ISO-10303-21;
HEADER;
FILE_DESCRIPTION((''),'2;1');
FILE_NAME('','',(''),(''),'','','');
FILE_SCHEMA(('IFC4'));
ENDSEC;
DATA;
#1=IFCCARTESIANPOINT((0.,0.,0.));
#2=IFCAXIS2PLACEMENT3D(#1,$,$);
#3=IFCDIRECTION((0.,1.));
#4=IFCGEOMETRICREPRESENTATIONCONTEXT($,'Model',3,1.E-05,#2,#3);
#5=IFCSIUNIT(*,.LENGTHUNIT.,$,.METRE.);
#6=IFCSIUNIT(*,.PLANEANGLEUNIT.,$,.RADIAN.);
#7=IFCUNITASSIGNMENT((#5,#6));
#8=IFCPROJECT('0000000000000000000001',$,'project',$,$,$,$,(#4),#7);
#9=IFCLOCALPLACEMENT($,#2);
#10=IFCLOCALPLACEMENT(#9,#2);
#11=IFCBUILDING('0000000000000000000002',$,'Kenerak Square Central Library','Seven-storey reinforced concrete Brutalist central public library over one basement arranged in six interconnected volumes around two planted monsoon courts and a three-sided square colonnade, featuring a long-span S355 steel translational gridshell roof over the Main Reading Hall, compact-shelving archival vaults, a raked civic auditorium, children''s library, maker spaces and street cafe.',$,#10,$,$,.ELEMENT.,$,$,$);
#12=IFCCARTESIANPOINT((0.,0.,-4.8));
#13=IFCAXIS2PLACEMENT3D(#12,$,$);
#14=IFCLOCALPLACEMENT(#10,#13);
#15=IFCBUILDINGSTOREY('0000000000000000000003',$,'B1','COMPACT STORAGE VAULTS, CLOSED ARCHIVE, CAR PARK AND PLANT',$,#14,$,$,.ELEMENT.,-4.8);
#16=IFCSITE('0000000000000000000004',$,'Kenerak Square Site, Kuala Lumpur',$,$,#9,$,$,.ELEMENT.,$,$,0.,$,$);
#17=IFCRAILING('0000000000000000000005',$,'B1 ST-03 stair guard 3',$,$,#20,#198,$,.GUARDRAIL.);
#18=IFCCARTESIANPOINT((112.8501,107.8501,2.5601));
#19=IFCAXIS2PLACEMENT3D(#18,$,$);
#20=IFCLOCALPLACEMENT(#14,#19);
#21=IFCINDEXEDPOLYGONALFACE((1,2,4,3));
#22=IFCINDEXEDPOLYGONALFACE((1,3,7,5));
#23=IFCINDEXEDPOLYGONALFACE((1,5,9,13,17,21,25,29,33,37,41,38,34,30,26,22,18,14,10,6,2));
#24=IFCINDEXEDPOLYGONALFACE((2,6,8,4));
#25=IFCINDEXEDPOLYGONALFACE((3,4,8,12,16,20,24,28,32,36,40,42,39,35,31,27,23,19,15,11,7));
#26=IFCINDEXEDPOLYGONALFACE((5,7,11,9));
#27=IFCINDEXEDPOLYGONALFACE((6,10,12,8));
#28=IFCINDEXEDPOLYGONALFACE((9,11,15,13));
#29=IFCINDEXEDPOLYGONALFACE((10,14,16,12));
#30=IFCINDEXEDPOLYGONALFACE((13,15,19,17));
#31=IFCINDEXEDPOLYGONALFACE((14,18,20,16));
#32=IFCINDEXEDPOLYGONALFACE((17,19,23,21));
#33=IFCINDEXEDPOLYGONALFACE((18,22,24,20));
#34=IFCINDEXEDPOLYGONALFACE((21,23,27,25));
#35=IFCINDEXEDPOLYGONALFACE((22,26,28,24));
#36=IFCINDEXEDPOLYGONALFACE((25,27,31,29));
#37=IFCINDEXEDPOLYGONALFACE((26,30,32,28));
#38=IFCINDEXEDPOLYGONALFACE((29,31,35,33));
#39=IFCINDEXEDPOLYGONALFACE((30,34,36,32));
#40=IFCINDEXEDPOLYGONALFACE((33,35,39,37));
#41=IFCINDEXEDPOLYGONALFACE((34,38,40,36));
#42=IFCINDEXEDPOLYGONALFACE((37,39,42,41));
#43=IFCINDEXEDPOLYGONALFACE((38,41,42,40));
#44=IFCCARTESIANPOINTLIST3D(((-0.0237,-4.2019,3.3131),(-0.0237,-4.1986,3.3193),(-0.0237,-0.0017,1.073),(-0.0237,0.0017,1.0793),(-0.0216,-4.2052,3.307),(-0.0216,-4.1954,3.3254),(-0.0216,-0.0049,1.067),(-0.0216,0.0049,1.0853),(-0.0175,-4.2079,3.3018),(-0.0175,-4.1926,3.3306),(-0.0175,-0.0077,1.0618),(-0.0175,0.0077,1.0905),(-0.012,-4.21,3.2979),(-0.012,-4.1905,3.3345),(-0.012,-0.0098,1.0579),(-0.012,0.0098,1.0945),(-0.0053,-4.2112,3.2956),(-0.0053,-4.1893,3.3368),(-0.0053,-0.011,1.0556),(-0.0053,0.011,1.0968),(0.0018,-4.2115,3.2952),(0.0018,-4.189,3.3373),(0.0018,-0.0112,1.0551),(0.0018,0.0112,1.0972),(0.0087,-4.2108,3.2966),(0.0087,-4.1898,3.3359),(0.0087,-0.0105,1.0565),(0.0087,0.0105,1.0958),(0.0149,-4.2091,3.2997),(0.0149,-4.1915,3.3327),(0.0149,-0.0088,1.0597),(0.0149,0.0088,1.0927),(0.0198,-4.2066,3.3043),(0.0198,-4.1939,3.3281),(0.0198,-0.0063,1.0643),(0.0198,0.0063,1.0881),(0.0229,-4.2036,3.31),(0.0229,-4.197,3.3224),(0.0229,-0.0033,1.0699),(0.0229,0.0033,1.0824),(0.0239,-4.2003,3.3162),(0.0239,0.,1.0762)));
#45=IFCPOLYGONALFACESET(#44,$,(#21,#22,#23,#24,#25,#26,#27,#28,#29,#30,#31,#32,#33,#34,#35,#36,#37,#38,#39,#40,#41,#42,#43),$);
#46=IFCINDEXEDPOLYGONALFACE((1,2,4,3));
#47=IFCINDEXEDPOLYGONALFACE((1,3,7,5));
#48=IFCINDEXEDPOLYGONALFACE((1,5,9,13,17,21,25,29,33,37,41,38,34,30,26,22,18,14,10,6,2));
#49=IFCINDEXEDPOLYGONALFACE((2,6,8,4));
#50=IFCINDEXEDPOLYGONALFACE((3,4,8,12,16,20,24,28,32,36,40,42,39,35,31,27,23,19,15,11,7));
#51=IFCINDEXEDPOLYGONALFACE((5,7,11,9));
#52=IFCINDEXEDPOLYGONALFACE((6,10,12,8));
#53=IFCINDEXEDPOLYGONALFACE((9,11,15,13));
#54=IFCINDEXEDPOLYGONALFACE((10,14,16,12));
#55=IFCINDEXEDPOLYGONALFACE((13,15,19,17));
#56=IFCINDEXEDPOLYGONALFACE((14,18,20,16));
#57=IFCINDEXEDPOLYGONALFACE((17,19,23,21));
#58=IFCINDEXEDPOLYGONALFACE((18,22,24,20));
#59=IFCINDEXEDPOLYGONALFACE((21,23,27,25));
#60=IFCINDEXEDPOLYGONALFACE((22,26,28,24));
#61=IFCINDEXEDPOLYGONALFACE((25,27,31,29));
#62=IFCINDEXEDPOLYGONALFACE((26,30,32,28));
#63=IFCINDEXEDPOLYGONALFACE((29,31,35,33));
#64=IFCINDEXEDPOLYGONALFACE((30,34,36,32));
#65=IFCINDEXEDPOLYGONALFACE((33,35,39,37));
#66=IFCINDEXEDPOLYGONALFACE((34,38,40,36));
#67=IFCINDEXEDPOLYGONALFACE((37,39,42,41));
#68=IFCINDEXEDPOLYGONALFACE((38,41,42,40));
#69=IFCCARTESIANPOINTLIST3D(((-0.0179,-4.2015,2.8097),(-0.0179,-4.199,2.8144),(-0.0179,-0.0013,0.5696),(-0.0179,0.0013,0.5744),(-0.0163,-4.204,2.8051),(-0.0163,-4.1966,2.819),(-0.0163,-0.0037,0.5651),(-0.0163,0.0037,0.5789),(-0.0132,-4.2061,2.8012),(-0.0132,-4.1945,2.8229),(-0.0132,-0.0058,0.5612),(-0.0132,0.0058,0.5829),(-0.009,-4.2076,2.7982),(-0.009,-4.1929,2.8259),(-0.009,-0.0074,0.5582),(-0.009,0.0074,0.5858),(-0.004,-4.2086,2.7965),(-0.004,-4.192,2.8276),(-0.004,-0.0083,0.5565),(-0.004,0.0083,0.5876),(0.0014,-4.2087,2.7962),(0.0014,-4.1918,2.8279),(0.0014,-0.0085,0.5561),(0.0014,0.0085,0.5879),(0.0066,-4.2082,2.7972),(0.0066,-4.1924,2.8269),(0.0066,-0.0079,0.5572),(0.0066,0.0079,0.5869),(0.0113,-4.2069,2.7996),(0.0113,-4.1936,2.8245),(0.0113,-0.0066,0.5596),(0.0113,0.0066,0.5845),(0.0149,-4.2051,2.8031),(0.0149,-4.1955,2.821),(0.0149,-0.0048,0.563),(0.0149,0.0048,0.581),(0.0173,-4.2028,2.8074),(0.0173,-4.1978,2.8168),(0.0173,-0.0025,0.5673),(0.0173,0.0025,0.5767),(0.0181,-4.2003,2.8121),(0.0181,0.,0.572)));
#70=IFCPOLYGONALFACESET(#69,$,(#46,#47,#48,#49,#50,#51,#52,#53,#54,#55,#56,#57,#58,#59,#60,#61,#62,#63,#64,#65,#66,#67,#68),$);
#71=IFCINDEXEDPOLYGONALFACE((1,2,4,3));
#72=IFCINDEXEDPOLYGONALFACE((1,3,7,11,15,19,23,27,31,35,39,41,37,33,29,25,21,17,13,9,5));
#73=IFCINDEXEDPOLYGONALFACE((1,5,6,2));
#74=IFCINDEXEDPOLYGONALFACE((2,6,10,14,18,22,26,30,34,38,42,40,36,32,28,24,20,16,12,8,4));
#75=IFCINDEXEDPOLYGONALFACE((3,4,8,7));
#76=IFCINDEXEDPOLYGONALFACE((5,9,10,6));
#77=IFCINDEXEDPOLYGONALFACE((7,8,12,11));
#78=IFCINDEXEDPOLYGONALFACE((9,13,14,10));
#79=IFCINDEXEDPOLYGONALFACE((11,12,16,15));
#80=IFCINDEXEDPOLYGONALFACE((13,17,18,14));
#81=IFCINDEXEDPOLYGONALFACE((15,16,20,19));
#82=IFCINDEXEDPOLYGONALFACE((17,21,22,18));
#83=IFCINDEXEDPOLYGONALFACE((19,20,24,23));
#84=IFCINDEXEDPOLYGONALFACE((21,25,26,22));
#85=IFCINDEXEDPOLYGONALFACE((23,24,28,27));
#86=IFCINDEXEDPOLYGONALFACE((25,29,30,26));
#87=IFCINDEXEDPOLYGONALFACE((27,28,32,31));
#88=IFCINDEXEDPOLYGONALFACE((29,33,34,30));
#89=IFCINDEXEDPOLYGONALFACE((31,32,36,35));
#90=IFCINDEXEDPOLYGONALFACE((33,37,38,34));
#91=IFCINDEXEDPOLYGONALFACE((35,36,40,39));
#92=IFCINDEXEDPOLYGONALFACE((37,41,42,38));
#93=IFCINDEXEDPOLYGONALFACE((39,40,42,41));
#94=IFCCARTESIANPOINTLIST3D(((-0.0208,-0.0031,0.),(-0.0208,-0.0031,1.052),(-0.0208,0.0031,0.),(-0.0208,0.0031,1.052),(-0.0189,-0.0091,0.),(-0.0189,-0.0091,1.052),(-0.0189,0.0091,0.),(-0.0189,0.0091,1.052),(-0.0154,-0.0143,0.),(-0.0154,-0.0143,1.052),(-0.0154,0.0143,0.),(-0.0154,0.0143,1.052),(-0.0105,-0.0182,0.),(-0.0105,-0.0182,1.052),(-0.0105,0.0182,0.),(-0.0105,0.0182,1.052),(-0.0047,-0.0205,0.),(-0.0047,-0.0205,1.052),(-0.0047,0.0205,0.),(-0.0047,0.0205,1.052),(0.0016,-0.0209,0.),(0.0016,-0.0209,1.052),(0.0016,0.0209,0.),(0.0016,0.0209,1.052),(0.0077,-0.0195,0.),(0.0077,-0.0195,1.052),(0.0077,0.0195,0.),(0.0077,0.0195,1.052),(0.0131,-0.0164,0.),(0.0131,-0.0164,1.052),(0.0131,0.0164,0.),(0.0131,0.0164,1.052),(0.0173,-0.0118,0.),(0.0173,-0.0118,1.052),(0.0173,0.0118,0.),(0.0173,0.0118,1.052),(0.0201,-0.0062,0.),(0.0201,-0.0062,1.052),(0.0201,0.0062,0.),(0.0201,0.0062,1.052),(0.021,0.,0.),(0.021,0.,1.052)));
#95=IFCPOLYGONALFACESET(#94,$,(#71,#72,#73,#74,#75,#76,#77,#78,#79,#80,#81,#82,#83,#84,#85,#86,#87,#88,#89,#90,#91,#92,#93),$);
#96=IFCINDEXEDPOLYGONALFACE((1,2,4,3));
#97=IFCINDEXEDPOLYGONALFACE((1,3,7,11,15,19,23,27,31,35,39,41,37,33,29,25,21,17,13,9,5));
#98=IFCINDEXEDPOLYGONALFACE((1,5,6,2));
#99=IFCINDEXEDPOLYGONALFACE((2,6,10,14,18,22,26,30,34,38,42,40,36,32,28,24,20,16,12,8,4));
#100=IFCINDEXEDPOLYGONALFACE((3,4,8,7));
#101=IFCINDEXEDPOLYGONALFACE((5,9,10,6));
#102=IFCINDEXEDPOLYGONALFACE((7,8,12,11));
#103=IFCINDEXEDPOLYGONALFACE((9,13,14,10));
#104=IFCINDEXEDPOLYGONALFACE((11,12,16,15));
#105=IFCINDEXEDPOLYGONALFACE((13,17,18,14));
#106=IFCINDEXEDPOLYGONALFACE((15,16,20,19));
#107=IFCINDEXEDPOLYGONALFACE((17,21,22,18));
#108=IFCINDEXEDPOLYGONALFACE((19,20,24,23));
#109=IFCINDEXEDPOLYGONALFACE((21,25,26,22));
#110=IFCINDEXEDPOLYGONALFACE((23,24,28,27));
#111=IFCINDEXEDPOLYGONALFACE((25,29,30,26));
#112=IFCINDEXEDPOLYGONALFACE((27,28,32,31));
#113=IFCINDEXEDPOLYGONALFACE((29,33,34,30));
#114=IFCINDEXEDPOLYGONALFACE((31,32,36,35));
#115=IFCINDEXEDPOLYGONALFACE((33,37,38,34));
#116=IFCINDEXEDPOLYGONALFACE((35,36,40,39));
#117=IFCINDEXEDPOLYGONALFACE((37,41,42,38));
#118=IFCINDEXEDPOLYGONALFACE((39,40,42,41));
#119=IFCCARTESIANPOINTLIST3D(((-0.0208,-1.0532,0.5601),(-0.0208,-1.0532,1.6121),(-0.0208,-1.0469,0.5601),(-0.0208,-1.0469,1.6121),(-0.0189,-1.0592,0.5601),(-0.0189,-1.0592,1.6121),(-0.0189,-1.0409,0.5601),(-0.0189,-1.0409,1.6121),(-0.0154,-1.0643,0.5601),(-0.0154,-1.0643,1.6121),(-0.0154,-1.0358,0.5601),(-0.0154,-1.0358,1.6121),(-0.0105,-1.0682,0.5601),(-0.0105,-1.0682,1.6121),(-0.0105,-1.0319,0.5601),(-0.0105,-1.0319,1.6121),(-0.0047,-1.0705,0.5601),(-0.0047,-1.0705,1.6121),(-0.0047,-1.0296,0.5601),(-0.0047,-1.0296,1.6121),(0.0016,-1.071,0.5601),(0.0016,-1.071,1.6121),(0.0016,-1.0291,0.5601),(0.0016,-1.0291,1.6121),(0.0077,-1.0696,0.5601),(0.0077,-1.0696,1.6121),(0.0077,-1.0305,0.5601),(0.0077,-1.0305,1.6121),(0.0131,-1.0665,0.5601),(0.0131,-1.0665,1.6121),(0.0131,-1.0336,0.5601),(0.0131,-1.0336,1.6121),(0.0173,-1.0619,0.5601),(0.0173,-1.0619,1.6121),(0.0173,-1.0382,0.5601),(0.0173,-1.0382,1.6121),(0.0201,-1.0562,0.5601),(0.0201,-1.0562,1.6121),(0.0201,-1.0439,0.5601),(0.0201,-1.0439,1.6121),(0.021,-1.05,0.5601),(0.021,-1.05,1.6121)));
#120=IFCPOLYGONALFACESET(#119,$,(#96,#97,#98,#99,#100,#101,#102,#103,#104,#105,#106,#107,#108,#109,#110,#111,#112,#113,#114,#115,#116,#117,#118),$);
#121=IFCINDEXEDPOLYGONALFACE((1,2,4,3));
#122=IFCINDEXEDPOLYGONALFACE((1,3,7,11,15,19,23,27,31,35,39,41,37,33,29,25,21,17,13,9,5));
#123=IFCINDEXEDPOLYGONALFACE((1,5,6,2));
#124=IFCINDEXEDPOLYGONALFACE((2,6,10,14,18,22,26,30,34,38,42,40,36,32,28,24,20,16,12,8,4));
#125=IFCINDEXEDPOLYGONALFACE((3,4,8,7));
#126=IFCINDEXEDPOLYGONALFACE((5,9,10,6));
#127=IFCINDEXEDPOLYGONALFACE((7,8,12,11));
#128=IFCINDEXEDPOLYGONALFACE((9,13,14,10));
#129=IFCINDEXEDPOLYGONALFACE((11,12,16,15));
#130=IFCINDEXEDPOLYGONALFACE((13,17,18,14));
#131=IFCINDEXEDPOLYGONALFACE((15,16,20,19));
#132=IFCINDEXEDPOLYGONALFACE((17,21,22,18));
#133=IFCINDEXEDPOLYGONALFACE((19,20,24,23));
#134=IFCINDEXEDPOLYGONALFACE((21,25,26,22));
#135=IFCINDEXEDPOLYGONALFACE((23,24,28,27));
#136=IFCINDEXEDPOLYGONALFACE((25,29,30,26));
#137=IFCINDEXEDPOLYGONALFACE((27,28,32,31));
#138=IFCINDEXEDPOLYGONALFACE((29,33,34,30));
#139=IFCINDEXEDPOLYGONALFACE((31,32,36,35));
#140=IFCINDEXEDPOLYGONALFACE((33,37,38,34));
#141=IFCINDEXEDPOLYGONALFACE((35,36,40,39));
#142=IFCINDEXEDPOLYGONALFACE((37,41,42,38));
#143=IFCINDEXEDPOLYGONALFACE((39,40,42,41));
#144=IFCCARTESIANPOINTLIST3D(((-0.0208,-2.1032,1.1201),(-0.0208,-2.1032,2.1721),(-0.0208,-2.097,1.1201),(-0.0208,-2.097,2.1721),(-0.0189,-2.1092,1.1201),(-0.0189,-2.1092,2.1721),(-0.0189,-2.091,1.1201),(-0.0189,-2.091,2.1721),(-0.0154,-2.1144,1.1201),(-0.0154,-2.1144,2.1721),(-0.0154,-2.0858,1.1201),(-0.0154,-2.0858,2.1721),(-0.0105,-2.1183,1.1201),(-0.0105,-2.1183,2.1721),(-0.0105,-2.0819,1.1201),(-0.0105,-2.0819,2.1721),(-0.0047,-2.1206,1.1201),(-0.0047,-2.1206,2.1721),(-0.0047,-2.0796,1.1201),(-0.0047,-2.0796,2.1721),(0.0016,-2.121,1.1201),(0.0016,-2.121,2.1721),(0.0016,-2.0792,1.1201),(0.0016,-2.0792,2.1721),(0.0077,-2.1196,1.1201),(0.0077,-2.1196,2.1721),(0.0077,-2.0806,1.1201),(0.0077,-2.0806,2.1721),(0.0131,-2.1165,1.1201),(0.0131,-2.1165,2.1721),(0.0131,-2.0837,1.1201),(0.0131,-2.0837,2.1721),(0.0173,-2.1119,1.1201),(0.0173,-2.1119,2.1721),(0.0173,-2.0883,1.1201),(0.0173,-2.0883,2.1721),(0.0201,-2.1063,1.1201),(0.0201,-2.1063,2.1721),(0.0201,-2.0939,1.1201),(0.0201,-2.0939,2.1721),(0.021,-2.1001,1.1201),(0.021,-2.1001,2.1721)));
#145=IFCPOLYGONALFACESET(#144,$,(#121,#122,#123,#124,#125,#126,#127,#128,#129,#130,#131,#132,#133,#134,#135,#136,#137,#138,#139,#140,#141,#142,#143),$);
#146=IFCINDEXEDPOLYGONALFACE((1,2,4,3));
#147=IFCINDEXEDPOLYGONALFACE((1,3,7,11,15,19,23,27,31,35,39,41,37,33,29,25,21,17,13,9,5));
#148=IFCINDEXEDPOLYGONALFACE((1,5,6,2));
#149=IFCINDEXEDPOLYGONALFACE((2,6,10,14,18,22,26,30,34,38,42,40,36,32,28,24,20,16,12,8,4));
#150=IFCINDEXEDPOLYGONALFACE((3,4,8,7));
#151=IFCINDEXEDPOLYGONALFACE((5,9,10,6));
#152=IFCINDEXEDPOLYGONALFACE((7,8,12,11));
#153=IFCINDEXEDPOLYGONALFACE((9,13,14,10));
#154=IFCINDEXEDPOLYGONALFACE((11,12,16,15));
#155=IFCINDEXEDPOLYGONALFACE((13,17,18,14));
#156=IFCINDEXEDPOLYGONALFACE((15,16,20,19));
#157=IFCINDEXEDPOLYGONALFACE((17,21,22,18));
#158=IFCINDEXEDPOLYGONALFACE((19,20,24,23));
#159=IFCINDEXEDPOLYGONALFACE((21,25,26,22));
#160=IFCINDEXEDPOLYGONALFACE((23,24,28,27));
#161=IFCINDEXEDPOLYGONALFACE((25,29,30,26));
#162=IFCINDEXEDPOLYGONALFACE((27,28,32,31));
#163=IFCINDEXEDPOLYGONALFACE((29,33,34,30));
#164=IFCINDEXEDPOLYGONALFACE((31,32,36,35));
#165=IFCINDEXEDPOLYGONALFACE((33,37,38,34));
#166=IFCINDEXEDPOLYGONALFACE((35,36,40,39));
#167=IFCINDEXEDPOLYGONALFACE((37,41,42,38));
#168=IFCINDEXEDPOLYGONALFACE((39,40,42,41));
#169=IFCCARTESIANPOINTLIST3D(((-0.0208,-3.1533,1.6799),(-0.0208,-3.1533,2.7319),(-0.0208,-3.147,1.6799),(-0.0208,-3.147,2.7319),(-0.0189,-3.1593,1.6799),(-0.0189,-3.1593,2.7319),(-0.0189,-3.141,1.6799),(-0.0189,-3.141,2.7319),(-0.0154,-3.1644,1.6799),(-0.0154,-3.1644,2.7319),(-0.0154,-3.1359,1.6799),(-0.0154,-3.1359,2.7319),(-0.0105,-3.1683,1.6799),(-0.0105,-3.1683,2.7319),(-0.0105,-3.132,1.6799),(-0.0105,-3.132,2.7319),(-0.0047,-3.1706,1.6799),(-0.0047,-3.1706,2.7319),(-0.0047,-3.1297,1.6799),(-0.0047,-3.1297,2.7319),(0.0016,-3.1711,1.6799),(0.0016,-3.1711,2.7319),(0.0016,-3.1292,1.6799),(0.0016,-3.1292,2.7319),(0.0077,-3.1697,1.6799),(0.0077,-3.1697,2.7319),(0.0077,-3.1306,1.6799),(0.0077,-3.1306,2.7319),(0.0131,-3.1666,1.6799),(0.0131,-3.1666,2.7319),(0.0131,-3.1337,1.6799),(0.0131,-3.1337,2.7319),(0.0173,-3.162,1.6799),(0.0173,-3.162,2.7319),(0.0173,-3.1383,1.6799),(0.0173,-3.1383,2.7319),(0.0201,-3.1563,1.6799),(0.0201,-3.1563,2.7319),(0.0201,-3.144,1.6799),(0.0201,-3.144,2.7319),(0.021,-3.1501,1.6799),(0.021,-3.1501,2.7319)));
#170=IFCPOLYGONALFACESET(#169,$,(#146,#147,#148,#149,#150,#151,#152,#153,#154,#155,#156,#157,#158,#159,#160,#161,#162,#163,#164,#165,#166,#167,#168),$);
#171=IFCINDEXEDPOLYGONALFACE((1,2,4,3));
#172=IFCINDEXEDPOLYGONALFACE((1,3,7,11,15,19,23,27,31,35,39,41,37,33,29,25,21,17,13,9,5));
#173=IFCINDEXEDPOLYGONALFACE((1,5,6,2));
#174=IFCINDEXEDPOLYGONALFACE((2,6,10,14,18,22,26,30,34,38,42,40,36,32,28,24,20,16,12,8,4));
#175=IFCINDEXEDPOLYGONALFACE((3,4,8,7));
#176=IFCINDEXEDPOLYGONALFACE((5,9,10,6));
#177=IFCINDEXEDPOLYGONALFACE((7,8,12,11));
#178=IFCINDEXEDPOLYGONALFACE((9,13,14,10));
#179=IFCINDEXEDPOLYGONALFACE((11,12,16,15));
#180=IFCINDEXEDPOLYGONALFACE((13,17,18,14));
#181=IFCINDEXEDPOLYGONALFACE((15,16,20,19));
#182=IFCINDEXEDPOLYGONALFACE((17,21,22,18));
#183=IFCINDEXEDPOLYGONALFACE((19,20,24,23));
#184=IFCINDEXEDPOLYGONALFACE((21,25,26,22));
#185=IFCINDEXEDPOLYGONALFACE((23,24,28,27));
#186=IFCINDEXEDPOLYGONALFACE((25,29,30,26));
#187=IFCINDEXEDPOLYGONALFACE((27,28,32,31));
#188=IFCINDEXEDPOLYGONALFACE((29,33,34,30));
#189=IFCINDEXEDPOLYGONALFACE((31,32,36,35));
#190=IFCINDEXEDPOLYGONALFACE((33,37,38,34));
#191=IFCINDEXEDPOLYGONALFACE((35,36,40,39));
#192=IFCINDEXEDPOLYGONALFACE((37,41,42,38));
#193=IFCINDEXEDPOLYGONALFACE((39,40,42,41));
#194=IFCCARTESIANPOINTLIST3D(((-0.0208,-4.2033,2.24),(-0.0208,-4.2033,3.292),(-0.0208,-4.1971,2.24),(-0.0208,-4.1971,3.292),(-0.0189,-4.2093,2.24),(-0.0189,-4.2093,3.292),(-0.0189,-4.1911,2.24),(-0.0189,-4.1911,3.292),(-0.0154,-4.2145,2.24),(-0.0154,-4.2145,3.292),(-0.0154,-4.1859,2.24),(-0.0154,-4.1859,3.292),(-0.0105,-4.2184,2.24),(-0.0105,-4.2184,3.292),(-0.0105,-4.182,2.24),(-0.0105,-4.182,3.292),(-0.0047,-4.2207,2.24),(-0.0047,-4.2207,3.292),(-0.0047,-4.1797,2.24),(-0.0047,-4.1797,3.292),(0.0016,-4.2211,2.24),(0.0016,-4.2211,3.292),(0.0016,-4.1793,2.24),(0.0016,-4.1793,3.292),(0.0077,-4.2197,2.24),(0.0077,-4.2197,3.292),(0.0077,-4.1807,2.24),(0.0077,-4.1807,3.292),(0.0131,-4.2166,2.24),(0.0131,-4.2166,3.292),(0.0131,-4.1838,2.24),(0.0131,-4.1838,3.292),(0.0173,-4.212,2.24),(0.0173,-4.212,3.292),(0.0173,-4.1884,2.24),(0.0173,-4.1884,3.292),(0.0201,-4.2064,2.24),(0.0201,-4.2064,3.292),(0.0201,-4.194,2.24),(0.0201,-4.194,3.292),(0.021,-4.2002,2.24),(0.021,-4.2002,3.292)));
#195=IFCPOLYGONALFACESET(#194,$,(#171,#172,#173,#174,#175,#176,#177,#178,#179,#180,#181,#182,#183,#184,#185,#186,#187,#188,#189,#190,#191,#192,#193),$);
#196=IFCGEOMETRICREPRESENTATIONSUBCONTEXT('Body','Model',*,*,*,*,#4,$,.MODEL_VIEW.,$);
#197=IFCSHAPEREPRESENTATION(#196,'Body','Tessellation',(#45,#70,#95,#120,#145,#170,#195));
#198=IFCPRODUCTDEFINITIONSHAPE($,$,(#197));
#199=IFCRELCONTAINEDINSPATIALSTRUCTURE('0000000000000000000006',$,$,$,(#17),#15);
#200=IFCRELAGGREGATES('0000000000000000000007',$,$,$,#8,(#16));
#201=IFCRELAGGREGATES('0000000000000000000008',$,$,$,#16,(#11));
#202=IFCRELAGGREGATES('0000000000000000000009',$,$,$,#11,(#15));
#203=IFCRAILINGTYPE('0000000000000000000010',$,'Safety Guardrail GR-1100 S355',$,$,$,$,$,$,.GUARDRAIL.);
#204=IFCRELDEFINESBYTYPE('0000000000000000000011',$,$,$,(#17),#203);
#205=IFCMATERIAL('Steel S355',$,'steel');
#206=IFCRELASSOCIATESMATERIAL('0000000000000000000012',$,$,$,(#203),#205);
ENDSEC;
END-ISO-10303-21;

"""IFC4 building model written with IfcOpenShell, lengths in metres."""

from ifc_helpers import new_model, si_unit, direction, frame, origin, origin_2d, place, context, subcontext, project, spatial, circle, extrude, material, type_object, element, save


model = new_model("IFC4")

# Units and contexts
model_context = context("Model", 3, precision=1e-05, world=origin(), true_north=direction((0.0, 1.0)))
body_context = subcontext(model_context, "Body", "Model", "MODEL_VIEW")
ifc_project = project(units=[si_unit("LENGTHUNIT", "METRE"), si_unit("PLANEANGLEUNIT", "RADIAN")], contexts=[model_context])

# Site, building, storey
site_placement = place(None, origin())
site = spatial("IfcSite", under=ifc_project, at=site_placement, Name="Kenerak Square Site, Kuala Lumpur", CompositionType="ELEMENT", RefElevation=0.0)
building_placement = place(site_placement, origin())
building = spatial("IfcBuilding", under=site, at=building_placement, Name="Kenerak Square Central Library", Description="Seven-storey reinforced concrete Brutalist central public library over one basement arranged in six interconnected volumes around two planted monsoon courts and a three-sided square colonnade, featuring a long-span S355 steel translational gridshell roof over the Main Reading Hall, compact-shelving archival vaults, a raked civic auditorium, children's library, maker spaces and street cafe.", CompositionType="ELEMENT")
storey_placement = place(building_placement, frame((0.0, 0.0, -4.8)))
storey = spatial("IfcBuildingStorey", under=building, at=storey_placement, Name="B1", Description="COMPACT STORAGE VAULTS, CLOSED ARCHIVE, CAR PARK AND PLANT", CompositionType="ELEMENT", Elevation=-4.8)

# Railing
ifc_material_1 = material(Name="Steel S355", Category="steel")
railing_type_1 = type_object("IfcRailingType", Name="Safety Guardrail GR-1100 S355", PredefinedType="GUARDRAIL", material=ifc_material_1)
railing_1_placement = place(storey_placement, frame((112.8501, 107.8501, 2.5601)))
element("IfcRailing", 1, at=railing_1_placement, inside=storey, type_object=railing_type_1, Name="B1 ST-03 stair guard 3", PredefinedType="GUARDRAIL", context=body_context, shape_type="SweptSolid", body=[
    extrude(circle(Radius=0.0239, at=origin_2d()), frame((0.0, 0.0, 1.0762), z_axis=(0.0, -0.882363, 0.47057), x_axis=(1.0, 0.0, 0.0)), (0.0, 0.0, 1.0), 4.7603),
    extrude(circle(Radius=0.0181, at=origin_2d()), frame((0.0, 0.0, 0.572), z_axis=(0.0, -0.882363, 0.47057), x_axis=(1.0, 0.0, 0.0)), (0.0, 0.0, 1.0), 4.7603),
    extrude(circle(Radius=0.021, at=origin_2d()), origin(), (0.0, 0.0, 1.0), 1.052),
    extrude(circle(Radius=0.021, at=origin_2d()), frame((0.0, -1.05, 0.5601)), (0.0, 0.0, 1.0), 1.052),
    extrude(circle(Radius=0.021, at=origin_2d()), frame((0.0, -2.1001, 1.1201)), (0.0, 0.0, 1.0), 1.052),
    extrude(circle(Radius=0.021, at=origin_2d()), frame((0.0, -3.1501, 1.6799)), (0.0, 0.0, 1.0), 1.052),
    extrude(circle(Radius=0.021, at=origin_2d()), frame((0.0, -4.2002, 2.24)), (0.0, 0.0, 1.0), 1.052),
])

save(model, "model.ifc")
